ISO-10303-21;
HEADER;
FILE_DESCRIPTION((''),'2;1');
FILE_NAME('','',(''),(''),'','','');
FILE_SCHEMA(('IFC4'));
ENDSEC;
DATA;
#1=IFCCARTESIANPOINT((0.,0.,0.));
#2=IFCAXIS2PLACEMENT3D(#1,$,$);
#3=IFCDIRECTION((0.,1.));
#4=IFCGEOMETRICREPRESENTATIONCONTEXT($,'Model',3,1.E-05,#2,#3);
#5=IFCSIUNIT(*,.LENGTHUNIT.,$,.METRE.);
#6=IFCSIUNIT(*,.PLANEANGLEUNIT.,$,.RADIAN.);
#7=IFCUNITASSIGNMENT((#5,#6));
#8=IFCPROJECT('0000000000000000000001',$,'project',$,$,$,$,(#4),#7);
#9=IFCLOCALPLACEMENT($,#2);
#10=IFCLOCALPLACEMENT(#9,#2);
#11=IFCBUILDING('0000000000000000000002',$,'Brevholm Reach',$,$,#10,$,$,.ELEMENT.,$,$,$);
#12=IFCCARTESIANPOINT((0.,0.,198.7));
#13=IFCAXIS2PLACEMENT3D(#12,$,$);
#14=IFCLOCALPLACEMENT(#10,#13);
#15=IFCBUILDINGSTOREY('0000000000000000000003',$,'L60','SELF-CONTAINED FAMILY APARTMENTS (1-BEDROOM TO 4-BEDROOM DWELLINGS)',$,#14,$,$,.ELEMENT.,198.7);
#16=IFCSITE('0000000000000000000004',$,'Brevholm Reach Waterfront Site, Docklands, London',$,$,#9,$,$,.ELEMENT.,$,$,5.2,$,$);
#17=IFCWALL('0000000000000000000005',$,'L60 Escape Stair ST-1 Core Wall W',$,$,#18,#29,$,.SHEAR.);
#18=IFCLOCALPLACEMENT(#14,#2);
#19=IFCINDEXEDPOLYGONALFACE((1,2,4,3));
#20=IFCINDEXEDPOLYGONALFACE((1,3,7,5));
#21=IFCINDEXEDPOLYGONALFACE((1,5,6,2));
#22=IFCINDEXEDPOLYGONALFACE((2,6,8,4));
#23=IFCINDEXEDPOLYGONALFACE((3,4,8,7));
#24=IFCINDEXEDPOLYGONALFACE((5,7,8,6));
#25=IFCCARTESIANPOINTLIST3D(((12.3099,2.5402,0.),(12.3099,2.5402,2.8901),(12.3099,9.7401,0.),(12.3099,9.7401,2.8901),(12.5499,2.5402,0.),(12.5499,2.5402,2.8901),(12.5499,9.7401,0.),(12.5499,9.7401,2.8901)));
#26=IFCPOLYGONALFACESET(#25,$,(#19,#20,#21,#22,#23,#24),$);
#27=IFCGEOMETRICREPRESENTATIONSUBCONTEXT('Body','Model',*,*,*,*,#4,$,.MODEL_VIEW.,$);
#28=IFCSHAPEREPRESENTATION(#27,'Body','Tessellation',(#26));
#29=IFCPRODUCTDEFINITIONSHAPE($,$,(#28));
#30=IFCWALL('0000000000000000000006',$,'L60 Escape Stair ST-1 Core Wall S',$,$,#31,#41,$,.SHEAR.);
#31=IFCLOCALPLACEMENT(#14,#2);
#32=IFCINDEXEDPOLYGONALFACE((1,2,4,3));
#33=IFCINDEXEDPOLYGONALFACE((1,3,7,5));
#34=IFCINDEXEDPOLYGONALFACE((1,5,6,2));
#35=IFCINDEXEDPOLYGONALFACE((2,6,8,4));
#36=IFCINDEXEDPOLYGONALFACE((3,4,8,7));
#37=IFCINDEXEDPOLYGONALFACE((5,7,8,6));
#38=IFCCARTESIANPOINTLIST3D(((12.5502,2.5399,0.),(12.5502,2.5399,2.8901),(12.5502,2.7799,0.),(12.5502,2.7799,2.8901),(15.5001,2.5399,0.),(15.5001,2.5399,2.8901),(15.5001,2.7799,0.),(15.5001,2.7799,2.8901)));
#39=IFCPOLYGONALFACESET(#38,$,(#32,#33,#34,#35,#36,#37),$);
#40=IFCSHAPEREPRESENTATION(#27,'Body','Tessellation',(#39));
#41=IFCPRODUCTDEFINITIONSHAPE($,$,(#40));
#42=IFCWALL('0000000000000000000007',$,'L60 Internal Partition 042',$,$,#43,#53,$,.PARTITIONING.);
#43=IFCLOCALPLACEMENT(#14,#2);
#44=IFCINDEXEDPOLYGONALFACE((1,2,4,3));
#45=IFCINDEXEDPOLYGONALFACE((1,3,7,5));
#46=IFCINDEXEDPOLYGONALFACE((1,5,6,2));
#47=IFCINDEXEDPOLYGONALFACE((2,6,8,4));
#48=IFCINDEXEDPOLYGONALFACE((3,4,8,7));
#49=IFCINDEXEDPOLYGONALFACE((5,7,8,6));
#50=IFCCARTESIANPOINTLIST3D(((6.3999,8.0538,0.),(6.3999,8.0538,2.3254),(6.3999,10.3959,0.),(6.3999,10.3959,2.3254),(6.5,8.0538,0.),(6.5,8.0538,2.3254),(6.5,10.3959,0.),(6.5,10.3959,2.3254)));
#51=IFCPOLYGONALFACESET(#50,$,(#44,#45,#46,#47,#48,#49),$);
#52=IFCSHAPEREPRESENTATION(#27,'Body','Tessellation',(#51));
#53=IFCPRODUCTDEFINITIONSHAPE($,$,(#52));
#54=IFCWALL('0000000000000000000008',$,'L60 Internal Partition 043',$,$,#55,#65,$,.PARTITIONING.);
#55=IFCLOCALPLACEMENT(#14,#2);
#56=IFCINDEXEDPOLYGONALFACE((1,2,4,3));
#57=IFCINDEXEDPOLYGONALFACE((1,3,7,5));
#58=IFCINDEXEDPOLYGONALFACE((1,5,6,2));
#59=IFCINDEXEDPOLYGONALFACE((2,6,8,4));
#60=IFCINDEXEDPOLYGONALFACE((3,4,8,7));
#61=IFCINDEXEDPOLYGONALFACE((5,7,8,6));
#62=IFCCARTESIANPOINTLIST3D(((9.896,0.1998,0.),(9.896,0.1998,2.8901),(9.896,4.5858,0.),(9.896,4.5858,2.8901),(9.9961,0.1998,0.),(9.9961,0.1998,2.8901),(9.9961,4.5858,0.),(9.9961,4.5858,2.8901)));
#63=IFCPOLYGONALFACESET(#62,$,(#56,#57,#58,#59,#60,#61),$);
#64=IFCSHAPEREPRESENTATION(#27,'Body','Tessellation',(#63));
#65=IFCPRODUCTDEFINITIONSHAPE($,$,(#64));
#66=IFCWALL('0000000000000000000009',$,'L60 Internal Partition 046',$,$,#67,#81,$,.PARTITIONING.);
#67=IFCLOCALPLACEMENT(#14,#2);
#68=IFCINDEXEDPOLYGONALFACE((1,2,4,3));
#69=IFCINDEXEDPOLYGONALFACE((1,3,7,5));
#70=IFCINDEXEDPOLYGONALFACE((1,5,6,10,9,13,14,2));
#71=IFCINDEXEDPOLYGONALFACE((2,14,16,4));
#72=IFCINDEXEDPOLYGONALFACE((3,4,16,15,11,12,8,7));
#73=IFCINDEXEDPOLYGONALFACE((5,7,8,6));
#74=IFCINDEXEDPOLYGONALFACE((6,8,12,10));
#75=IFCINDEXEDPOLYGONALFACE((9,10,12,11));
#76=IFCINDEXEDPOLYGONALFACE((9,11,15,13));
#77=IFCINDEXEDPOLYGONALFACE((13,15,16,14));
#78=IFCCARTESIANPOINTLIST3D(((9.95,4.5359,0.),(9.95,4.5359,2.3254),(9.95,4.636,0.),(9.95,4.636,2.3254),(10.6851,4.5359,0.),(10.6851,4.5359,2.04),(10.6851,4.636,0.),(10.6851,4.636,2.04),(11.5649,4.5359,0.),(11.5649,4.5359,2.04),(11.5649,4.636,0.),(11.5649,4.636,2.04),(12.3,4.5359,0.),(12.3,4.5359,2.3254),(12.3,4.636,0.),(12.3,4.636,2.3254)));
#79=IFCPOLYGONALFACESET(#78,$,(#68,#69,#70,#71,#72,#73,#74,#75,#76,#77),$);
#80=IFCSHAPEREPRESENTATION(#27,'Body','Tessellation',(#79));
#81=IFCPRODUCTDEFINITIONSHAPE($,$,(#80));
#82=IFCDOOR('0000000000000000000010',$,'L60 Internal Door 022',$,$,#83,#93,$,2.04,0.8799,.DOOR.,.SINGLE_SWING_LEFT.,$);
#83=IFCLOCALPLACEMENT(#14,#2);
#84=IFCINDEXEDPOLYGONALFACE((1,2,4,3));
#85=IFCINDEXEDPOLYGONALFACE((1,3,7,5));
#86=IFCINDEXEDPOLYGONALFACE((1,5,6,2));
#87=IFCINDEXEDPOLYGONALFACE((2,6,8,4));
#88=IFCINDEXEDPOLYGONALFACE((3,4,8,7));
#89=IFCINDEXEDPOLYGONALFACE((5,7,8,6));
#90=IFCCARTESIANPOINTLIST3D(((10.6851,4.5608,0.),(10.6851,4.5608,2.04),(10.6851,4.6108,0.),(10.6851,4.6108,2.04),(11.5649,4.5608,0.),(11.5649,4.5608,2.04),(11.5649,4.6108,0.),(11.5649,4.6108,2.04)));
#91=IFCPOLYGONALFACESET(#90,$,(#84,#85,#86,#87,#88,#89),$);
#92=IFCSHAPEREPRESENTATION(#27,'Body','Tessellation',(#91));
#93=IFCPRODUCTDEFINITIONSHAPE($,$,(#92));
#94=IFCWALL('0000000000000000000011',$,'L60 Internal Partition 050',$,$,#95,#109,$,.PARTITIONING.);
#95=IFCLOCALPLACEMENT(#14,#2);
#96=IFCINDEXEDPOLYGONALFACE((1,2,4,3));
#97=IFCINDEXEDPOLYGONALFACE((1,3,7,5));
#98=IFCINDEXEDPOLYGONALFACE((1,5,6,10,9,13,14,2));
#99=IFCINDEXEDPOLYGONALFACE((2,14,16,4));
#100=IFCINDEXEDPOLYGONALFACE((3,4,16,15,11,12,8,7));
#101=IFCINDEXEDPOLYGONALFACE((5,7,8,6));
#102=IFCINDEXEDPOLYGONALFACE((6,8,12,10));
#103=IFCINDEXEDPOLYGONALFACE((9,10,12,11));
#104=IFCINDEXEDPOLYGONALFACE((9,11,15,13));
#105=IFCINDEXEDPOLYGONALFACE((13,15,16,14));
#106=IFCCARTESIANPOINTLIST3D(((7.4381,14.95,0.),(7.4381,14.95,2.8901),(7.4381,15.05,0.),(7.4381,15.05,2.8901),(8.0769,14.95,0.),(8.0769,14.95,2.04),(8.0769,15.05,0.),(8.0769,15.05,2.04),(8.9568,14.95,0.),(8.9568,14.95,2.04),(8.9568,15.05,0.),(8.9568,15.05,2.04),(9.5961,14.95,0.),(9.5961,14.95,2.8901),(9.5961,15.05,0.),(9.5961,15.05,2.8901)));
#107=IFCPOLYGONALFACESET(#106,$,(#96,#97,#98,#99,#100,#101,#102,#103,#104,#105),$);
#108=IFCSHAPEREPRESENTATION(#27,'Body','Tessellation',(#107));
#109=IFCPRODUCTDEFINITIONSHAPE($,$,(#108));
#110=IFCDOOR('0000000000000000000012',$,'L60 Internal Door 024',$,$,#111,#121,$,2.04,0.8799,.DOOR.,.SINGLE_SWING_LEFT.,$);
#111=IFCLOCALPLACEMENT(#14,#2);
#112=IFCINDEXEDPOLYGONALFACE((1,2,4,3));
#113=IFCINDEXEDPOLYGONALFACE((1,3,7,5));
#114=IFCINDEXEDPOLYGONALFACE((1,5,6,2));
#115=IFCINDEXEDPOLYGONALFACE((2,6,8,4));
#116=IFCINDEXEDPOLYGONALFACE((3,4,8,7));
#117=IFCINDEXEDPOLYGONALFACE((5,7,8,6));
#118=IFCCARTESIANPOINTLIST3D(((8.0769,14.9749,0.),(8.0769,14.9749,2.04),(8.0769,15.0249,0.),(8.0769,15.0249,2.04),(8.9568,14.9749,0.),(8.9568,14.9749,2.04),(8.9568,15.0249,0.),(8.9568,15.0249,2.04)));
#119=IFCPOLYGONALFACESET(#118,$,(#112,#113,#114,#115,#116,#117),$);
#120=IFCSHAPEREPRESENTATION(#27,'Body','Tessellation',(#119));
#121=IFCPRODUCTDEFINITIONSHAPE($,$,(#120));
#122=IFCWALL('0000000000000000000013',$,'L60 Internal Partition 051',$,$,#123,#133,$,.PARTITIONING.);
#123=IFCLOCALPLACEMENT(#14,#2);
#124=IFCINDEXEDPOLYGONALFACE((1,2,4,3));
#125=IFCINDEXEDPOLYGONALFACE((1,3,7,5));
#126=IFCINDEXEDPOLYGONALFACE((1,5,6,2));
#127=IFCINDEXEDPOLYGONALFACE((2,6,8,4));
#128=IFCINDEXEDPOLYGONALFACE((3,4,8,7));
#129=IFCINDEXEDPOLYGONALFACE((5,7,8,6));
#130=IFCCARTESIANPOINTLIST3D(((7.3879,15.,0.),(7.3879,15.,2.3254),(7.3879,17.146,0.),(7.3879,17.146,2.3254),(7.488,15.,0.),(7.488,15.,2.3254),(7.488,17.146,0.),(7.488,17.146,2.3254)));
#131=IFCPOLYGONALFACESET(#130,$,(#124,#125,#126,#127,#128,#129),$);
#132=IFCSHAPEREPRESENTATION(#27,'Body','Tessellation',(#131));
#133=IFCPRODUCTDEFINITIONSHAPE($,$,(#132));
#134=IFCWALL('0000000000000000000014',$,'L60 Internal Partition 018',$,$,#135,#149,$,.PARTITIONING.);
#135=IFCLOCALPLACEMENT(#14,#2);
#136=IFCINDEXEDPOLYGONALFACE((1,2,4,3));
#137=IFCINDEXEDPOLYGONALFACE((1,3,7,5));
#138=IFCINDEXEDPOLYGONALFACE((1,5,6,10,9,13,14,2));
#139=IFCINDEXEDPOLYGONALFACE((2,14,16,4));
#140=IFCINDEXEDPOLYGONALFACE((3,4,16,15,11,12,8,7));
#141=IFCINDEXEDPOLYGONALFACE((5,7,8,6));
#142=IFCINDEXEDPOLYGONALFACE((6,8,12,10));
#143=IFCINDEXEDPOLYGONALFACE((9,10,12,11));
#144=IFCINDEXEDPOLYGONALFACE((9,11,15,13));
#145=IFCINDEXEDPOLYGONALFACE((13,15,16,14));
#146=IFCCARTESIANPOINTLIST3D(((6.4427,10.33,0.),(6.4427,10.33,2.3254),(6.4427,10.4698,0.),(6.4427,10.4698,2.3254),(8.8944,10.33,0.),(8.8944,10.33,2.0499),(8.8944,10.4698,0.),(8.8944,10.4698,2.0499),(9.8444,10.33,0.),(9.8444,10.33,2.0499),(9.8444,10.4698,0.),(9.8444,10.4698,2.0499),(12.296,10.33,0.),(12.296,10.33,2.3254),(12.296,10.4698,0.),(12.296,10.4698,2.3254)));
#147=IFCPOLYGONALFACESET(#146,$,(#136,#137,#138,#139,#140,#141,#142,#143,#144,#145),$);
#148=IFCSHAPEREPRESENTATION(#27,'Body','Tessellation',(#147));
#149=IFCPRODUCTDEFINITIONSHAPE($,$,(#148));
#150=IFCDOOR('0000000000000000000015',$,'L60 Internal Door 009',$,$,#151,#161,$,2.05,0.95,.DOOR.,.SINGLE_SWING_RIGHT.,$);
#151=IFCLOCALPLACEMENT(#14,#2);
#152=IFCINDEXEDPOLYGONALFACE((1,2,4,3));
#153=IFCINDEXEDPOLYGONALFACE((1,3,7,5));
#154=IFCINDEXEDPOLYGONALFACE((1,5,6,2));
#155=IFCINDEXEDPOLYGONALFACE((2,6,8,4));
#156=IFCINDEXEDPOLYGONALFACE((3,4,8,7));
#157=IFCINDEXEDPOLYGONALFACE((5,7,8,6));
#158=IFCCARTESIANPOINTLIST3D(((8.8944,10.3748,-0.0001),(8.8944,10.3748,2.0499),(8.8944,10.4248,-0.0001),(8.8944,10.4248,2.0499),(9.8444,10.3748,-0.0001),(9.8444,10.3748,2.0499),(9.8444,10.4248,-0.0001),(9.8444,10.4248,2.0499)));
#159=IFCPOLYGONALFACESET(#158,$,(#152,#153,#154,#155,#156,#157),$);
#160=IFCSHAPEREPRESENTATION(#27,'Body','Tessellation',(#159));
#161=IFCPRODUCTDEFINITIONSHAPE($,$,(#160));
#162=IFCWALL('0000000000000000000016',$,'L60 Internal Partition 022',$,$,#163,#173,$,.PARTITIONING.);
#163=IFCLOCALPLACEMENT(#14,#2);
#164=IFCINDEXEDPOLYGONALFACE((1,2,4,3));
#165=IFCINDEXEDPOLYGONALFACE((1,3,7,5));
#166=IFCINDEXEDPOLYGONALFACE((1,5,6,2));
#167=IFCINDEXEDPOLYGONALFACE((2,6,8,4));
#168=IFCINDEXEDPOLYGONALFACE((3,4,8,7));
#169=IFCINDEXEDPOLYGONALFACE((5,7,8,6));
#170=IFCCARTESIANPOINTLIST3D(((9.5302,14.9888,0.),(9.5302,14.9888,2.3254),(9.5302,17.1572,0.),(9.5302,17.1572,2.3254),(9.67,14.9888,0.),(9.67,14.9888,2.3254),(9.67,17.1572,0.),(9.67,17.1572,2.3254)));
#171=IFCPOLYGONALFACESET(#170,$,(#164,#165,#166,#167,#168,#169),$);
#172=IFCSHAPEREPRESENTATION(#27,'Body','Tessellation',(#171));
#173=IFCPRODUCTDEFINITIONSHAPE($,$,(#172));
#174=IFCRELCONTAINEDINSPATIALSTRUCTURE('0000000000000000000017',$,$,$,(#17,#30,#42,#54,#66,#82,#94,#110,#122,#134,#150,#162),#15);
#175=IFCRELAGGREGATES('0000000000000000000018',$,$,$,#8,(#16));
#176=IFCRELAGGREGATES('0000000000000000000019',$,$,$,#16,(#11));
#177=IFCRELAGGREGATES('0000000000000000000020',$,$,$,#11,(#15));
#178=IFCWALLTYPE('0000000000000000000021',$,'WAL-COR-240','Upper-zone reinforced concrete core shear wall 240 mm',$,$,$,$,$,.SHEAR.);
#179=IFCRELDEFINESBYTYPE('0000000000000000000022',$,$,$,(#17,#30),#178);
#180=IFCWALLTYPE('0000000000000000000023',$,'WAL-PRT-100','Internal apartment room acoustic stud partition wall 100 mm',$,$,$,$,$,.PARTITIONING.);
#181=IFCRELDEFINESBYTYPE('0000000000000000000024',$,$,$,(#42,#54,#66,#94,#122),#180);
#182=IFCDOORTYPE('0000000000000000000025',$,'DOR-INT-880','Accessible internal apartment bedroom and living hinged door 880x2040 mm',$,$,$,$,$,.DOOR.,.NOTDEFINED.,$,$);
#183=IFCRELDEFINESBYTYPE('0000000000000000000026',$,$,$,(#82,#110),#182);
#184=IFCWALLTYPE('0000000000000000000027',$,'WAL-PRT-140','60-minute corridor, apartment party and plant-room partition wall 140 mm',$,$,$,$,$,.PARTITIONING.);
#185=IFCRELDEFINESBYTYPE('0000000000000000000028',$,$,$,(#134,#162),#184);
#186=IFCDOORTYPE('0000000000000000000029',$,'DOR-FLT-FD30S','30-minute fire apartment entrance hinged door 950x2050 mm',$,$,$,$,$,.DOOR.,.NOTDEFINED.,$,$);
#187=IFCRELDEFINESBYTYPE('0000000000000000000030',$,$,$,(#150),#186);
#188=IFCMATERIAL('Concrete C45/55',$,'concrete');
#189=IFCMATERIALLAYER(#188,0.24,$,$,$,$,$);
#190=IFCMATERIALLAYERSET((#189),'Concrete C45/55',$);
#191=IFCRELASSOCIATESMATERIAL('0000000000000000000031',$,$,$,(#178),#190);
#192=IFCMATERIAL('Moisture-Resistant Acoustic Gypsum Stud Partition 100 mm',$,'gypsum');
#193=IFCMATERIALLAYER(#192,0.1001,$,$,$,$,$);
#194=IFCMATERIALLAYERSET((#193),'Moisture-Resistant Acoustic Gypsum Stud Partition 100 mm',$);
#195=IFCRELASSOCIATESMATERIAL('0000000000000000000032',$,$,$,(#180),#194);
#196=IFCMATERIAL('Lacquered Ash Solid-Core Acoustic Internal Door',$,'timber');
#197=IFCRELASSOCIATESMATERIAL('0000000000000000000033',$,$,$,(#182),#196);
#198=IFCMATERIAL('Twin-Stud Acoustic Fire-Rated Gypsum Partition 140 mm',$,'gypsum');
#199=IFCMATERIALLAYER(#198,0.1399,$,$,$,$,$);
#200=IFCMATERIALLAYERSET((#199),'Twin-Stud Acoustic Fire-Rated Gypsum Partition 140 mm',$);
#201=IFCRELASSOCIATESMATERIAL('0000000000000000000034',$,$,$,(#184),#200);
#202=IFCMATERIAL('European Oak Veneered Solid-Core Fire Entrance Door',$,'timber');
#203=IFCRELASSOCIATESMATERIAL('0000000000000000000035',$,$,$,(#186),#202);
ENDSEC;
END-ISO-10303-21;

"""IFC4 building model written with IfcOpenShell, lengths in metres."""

from ifc_helpers import new_model, si_unit, direction, frame, frame_2d, origin, place, context, subcontext, project, spatial, rectangle, extrude, material, layer, layer_set, type_object, element, fill, save


model = new_model("IFC4")

# Units and contexts
model_context = context("Model", 3, precision=1e-05, world=origin(), true_north=direction((0.0, 1.0)))
body_context = subcontext(model_context, "Body", "Model", "MODEL_VIEW")
ifc_project = project(units=[si_unit("LENGTHUNIT", "METRE"), si_unit("PLANEANGLEUNIT", "RADIAN")], contexts=[model_context])

# Site, building, storey
site_placement = place(None, origin())
site = spatial("IfcSite", under=ifc_project, at=site_placement, Name="Brevholm Reach Waterfront Site, Docklands, London", CompositionType="ELEMENT", RefElevation=5.2)
building_placement = place(site_placement, origin())
building = spatial("IfcBuilding", under=site, at=building_placement, Name="Brevholm Reach", CompositionType="ELEMENT")
storey_placement = place(building_placement, frame((0.0, 0.0, 198.7)))
storey = spatial("IfcBuildingStorey", under=building, at=storey_placement, Name="L60", Description="SELF-CONTAINED FAMILY APARTMENTS (1-BEDROOM TO 4-BEDROOM DWELLINGS)", CompositionType="ELEMENT", Elevation=198.7)

# Walls
ifc_material_1 = material(Name="Concrete C45/55", Category="concrete")
ifc_layer_1 = layer(ifc_material_1, 0.24)
ifc_layer_set_1 = layer_set([ifc_layer_1], Name="Concrete C45/55")
wall_type_1 = type_object("IfcWallType", Name="WAL-COR-240", Description="Upper-zone reinforced concrete core shear wall 240 mm", PredefinedType="SHEAR", material=ifc_layer_set_1)
wall_1_placement = place(storey_placement, frame((12.4299, 2.54, 0.0), z_axis=(0.0, 0.0, 1.0), x_axis=(0.0, 1.0, 0.0)))
element("IfcWall", 1, at=wall_1_placement, inside=storey, type_object=wall_type_1, Name="L60 Escape Stair ST-1 Core Wall W", PredefinedType="SHEAR", context=body_context, shape_type="SweptSolid", body=[
    extrude(rectangle(XDim=7.2, YDim=0.24, at=frame_2d((3.6001, 0.0))), origin(), (0.0, 0.0, 1.0), 2.8901),
])
wall_2_placement = place(storey_placement, frame((12.55, 2.6599, 0.0), z_axis=(0.0, 0.0, 1.0), x_axis=(1.0, 0.0, 0.0)))
element("IfcWall", 2, at=wall_2_placement, inside=storey, type_object=wall_type_1, Name="L60 Escape Stair ST-1 Core Wall S", PredefinedType="SHEAR", context=body_context, shape_type="SweptSolid", body=[
    extrude(rectangle(XDim=2.95, YDim=0.24, at=frame_2d((1.4751, 0.0))), origin(), (0.0, 0.0, 1.0), 2.8901),
])
ifc_material_2 = material(Name="Moisture-Resistant Acoustic Gypsum Stud Partition 100 mm", Category="gypsum")
ifc_layer_2 = layer(ifc_material_2, 0.1001)
ifc_layer_set_2 = layer_set([ifc_layer_2], Name="Moisture-Resistant Acoustic Gypsum Stud Partition 100 mm")
wall_type_2 = type_object("IfcWallType", Name="WAL-PRT-100", Description="Internal apartment room acoustic stud partition wall 100 mm", PredefinedType="PARTITIONING", material=ifc_layer_set_2)
wall_3_placement = place(storey_placement, frame((6.45, 8.054, 0.0), z_axis=(0.0, 0.0, 1.0), x_axis=(0.0, 1.0, 0.0)))
element("IfcWall", 3, at=wall_3_placement, inside=storey, type_object=wall_type_2, Name="L60 Internal Partition 042", PredefinedType="PARTITIONING", context=body_context, shape_type="SweptSolid", body=[
    extrude(rectangle(XDim=2.342, YDim=0.1001, at=frame_2d((1.1709, 0.0))), origin(), (0.0, 0.0, 1.0), 2.3254),
])
wall_4_placement = place(storey_placement, frame((9.946, 0.2, 0.0), z_axis=(0.0, 0.0, 1.0), x_axis=(0.0, 1.0, 0.0)))
element("IfcWall", 4, at=wall_4_placement, inside=storey, type_object=wall_type_2, Name="L60 Internal Partition 043", PredefinedType="PARTITIONING", context=body_context, shape_type="SweptSolid", body=[
    extrude(rectangle(XDim=4.386, YDim=0.1001, at=frame_2d((2.1929, 0.0))), origin(), (0.0, 0.0, 1.0), 2.8901),
])

# Walls, openings, doors
wall_5_placement = place(storey_placement, frame((9.95, 4.5859, 0.0), z_axis=(0.0, 0.0, 1.0), x_axis=(1.0, 0.0, 0.0)))
wall_5 = element("IfcWall", 5, at=wall_5_placement, inside=storey, type_object=wall_type_2, Name="L60 Internal Partition 046", PredefinedType="PARTITIONING", context=body_context, shape_type="SweptSolid", body=[
    extrude(rectangle(XDim=2.3501, YDim=0.1001, at=frame_2d((1.175, 0.0))), origin(), (0.0, 0.0, 1.0), 2.3254),
])
opening_1_placement = place(wall_5_placement, frame((0.7351, 0.0, 0.0)))
opening_1 = element("IfcOpeningElement", 6, at=opening_1_placement, cuts=wall_5, PredefinedType="OPENING", context=body_context, shape_type="SweptSolid", body=[
    extrude(rectangle(XDim=0.8799, YDim=2.04, at=frame_2d((0.4399, 1.02))), frame((0.0, 0.0601, 0.0), z_axis=(0.0, -1.0, 0.0), x_axis=(1.0, 0.0, 0.0)), (0.0, 0.0, 1.0), 0.1201),
])
ifc_material_3 = material(Name="Lacquered Ash Solid-Core Acoustic Internal Door", Category="timber")
door_type_1 = type_object("IfcDoorType", Name="DOR-INT-880", Description="Accessible internal apartment bedroom and living hinged door 880x2040 mm", OperationType="NOTDEFINED", PredefinedType="DOOR", material=ifc_material_3)
door_1_placement = place(opening_1_placement, origin())
door_1 = element("IfcDoor", 7, at=door_1_placement, inside=storey, type_object=door_type_1, Name="L60 Internal Door 022", OperationType="SINGLE_SWING_LEFT", OverallHeight=2.04, OverallWidth=0.8799, PredefinedType="DOOR", context=body_context, shape_type="SweptSolid", body=[
    extrude(rectangle(XDim=0.8799, YDim=2.04, at=frame_2d((0.4399, 1.02))), frame((0.0, 0.0249, 0.0), z_axis=(0.0, -1.0, 0.0), x_axis=(1.0, 0.0, 0.0)), (0.0, 0.0, 1.0), 0.05),
])
fill(opening_1, door_1)
wall_6_placement = place(storey_placement, frame((7.438, 15.0, 0.0), z_axis=(0.0, 0.0, 1.0), x_axis=(1.0, 0.0, 0.0)))
wall_6 = element("IfcWall", 8, at=wall_6_placement, inside=storey, type_object=wall_type_2, Name="L60 Internal Partition 050", PredefinedType="PARTITIONING", context=body_context, shape_type="SweptSolid", body=[
    extrude(rectangle(XDim=2.158, YDim=0.1001, at=frame_2d((1.0791, 0.0))), origin(), (0.0, 0.0, 1.0), 2.8901),
])
opening_2_placement = place(wall_6_placement, frame((0.6389, 0.0, 0.0)))
opening_2 = element("IfcOpeningElement", 9, at=opening_2_placement, cuts=wall_6, PredefinedType="OPENING", context=body_context, shape_type="SweptSolid", body=[
    extrude(rectangle(XDim=0.8799, YDim=2.04, at=frame_2d((0.4399, 1.02))), frame((0.0, 0.0601, 0.0), z_axis=(0.0, -1.0, 0.0), x_axis=(1.0, 0.0, 0.0)), (0.0, 0.0, 1.0), 0.1201),
])
door_2_placement = place(opening_2_placement, origin())
door_2 = element("IfcDoor", 10, at=door_2_placement, inside=storey, type_object=door_type_1, Name="L60 Internal Door 024", OperationType="SINGLE_SWING_LEFT", OverallHeight=2.04, OverallWidth=0.8799, PredefinedType="DOOR", context=body_context, shape_type="SweptSolid", body=[
    extrude(rectangle(XDim=0.8799, YDim=2.04, at=frame_2d((0.4399, 1.02))), frame((0.0, 0.0249, 0.0), z_axis=(0.0, -1.0, 0.0), x_axis=(1.0, 0.0, 0.0)), (0.0, 0.0, 1.0), 0.05),
])
fill(opening_2, door_2)

# Wall
wall_7_placement = place(storey_placement, frame((7.438, 15.0, 0.0), z_axis=(0.0, 0.0, 1.0), x_axis=(0.0, 1.0, 0.0)))
element("IfcWall", 11, at=wall_7_placement, inside=storey, type_object=wall_type_2, Name="L60 Internal Partition 051", PredefinedType="PARTITIONING", context=body_context, shape_type="SweptSolid", body=[
    extrude(rectangle(XDim=2.146, YDim=0.1001, at=frame_2d((1.073, 0.0))), origin(), (0.0, 0.0, 1.0), 2.3254),
])

# Wall, opening, door
ifc_material_4 = material(Name="Twin-Stud Acoustic Fire-Rated Gypsum Partition 140 mm", Category="gypsum")
ifc_layer_3 = layer(ifc_material_4, 0.1399)
ifc_layer_set_3 = layer_set([ifc_layer_3], Name="Twin-Stud Acoustic Fire-Rated Gypsum Partition 140 mm")
wall_type_3 = type_object("IfcWallType", Name="WAL-PRT-140", Description="60-minute corridor, apartment party and plant-room partition wall 140 mm", PredefinedType="PARTITIONING", material=ifc_layer_set_3)
wall_8_placement = place(storey_placement, frame((6.4426, 10.3999, 0.0), z_axis=(0.0, 0.0, 1.0), x_axis=(1.0, 0.0, 0.0)))
wall_8 = element("IfcWall", 12, at=wall_8_placement, inside=storey, type_object=wall_type_3, Name="L60 Internal Partition 018", PredefinedType="PARTITIONING", context=body_context, shape_type="SweptSolid", body=[
    extrude(rectangle(XDim=5.8533, YDim=0.1399, at=frame_2d((2.9268, 0.0))), origin(), (0.0, 0.0, 1.0), 2.3254),
])
opening_3_placement = place(wall_8_placement, frame((2.4517, 0.0, 0.0)))
opening_3 = element("IfcOpeningElement", 13, at=opening_3_placement, cuts=wall_8, PredefinedType="OPENING", context=body_context, shape_type="SweptSolid", body=[
    extrude(rectangle(XDim=0.95, YDim=2.05, at=frame_2d((0.4751, 1.0249))), frame((0.0, 0.0798, 0.0), z_axis=(0.0, -1.0, 0.0), x_axis=(1.0, 0.0, 0.0)), (0.0, 0.0, 1.0), 0.1599),
])
ifc_material_5 = material(Name="European Oak Veneered Solid-Core Fire Entrance Door", Category="timber")
door_type_2 = type_object("IfcDoorType", Name="DOR-FLT-FD30S", Description="30-minute fire apartment entrance hinged door 950x2050 mm", OperationType="NOTDEFINED", PredefinedType="DOOR", material=ifc_material_5)
door_3_placement = place(opening_3_placement, origin())
door_3 = element("IfcDoor", 14, at=door_3_placement, inside=storey, type_object=door_type_2, Name="L60 Internal Door 009", OperationType="SINGLE_SWING_RIGHT", OverallHeight=2.05, OverallWidth=0.95, PredefinedType="DOOR", context=body_context, shape_type="SweptSolid", body=[
    extrude(rectangle(XDim=0.95, YDim=2.05, at=frame_2d((0.4751, 1.0249))), frame((0.0, 0.0249, 0.0), z_axis=(0.0, -1.0, 0.0), x_axis=(1.0, 0.0, 0.0)), (0.0, 0.0, 1.0), 0.05),
])
fill(opening_3, door_3)

# Wall
wall_9_placement = place(storey_placement, frame((9.6001, 14.9888, 0.0), z_axis=(0.0, 0.0, 1.0), x_axis=(0.0, 1.0, 0.0)))
element("IfcWall", 15, at=wall_9_placement, inside=storey, type_object=wall_type_3, Name="L60 Internal Partition 022", PredefinedType="PARTITIONING", context=body_context, shape_type="SweptSolid", body=[
    extrude(rectangle(XDim=2.1685, YDim=0.1399, at=frame_2d((1.0842, 0.0))), origin(), (0.0, 0.0, 1.0), 2.3254),
])

save(model, "model.ifc")
